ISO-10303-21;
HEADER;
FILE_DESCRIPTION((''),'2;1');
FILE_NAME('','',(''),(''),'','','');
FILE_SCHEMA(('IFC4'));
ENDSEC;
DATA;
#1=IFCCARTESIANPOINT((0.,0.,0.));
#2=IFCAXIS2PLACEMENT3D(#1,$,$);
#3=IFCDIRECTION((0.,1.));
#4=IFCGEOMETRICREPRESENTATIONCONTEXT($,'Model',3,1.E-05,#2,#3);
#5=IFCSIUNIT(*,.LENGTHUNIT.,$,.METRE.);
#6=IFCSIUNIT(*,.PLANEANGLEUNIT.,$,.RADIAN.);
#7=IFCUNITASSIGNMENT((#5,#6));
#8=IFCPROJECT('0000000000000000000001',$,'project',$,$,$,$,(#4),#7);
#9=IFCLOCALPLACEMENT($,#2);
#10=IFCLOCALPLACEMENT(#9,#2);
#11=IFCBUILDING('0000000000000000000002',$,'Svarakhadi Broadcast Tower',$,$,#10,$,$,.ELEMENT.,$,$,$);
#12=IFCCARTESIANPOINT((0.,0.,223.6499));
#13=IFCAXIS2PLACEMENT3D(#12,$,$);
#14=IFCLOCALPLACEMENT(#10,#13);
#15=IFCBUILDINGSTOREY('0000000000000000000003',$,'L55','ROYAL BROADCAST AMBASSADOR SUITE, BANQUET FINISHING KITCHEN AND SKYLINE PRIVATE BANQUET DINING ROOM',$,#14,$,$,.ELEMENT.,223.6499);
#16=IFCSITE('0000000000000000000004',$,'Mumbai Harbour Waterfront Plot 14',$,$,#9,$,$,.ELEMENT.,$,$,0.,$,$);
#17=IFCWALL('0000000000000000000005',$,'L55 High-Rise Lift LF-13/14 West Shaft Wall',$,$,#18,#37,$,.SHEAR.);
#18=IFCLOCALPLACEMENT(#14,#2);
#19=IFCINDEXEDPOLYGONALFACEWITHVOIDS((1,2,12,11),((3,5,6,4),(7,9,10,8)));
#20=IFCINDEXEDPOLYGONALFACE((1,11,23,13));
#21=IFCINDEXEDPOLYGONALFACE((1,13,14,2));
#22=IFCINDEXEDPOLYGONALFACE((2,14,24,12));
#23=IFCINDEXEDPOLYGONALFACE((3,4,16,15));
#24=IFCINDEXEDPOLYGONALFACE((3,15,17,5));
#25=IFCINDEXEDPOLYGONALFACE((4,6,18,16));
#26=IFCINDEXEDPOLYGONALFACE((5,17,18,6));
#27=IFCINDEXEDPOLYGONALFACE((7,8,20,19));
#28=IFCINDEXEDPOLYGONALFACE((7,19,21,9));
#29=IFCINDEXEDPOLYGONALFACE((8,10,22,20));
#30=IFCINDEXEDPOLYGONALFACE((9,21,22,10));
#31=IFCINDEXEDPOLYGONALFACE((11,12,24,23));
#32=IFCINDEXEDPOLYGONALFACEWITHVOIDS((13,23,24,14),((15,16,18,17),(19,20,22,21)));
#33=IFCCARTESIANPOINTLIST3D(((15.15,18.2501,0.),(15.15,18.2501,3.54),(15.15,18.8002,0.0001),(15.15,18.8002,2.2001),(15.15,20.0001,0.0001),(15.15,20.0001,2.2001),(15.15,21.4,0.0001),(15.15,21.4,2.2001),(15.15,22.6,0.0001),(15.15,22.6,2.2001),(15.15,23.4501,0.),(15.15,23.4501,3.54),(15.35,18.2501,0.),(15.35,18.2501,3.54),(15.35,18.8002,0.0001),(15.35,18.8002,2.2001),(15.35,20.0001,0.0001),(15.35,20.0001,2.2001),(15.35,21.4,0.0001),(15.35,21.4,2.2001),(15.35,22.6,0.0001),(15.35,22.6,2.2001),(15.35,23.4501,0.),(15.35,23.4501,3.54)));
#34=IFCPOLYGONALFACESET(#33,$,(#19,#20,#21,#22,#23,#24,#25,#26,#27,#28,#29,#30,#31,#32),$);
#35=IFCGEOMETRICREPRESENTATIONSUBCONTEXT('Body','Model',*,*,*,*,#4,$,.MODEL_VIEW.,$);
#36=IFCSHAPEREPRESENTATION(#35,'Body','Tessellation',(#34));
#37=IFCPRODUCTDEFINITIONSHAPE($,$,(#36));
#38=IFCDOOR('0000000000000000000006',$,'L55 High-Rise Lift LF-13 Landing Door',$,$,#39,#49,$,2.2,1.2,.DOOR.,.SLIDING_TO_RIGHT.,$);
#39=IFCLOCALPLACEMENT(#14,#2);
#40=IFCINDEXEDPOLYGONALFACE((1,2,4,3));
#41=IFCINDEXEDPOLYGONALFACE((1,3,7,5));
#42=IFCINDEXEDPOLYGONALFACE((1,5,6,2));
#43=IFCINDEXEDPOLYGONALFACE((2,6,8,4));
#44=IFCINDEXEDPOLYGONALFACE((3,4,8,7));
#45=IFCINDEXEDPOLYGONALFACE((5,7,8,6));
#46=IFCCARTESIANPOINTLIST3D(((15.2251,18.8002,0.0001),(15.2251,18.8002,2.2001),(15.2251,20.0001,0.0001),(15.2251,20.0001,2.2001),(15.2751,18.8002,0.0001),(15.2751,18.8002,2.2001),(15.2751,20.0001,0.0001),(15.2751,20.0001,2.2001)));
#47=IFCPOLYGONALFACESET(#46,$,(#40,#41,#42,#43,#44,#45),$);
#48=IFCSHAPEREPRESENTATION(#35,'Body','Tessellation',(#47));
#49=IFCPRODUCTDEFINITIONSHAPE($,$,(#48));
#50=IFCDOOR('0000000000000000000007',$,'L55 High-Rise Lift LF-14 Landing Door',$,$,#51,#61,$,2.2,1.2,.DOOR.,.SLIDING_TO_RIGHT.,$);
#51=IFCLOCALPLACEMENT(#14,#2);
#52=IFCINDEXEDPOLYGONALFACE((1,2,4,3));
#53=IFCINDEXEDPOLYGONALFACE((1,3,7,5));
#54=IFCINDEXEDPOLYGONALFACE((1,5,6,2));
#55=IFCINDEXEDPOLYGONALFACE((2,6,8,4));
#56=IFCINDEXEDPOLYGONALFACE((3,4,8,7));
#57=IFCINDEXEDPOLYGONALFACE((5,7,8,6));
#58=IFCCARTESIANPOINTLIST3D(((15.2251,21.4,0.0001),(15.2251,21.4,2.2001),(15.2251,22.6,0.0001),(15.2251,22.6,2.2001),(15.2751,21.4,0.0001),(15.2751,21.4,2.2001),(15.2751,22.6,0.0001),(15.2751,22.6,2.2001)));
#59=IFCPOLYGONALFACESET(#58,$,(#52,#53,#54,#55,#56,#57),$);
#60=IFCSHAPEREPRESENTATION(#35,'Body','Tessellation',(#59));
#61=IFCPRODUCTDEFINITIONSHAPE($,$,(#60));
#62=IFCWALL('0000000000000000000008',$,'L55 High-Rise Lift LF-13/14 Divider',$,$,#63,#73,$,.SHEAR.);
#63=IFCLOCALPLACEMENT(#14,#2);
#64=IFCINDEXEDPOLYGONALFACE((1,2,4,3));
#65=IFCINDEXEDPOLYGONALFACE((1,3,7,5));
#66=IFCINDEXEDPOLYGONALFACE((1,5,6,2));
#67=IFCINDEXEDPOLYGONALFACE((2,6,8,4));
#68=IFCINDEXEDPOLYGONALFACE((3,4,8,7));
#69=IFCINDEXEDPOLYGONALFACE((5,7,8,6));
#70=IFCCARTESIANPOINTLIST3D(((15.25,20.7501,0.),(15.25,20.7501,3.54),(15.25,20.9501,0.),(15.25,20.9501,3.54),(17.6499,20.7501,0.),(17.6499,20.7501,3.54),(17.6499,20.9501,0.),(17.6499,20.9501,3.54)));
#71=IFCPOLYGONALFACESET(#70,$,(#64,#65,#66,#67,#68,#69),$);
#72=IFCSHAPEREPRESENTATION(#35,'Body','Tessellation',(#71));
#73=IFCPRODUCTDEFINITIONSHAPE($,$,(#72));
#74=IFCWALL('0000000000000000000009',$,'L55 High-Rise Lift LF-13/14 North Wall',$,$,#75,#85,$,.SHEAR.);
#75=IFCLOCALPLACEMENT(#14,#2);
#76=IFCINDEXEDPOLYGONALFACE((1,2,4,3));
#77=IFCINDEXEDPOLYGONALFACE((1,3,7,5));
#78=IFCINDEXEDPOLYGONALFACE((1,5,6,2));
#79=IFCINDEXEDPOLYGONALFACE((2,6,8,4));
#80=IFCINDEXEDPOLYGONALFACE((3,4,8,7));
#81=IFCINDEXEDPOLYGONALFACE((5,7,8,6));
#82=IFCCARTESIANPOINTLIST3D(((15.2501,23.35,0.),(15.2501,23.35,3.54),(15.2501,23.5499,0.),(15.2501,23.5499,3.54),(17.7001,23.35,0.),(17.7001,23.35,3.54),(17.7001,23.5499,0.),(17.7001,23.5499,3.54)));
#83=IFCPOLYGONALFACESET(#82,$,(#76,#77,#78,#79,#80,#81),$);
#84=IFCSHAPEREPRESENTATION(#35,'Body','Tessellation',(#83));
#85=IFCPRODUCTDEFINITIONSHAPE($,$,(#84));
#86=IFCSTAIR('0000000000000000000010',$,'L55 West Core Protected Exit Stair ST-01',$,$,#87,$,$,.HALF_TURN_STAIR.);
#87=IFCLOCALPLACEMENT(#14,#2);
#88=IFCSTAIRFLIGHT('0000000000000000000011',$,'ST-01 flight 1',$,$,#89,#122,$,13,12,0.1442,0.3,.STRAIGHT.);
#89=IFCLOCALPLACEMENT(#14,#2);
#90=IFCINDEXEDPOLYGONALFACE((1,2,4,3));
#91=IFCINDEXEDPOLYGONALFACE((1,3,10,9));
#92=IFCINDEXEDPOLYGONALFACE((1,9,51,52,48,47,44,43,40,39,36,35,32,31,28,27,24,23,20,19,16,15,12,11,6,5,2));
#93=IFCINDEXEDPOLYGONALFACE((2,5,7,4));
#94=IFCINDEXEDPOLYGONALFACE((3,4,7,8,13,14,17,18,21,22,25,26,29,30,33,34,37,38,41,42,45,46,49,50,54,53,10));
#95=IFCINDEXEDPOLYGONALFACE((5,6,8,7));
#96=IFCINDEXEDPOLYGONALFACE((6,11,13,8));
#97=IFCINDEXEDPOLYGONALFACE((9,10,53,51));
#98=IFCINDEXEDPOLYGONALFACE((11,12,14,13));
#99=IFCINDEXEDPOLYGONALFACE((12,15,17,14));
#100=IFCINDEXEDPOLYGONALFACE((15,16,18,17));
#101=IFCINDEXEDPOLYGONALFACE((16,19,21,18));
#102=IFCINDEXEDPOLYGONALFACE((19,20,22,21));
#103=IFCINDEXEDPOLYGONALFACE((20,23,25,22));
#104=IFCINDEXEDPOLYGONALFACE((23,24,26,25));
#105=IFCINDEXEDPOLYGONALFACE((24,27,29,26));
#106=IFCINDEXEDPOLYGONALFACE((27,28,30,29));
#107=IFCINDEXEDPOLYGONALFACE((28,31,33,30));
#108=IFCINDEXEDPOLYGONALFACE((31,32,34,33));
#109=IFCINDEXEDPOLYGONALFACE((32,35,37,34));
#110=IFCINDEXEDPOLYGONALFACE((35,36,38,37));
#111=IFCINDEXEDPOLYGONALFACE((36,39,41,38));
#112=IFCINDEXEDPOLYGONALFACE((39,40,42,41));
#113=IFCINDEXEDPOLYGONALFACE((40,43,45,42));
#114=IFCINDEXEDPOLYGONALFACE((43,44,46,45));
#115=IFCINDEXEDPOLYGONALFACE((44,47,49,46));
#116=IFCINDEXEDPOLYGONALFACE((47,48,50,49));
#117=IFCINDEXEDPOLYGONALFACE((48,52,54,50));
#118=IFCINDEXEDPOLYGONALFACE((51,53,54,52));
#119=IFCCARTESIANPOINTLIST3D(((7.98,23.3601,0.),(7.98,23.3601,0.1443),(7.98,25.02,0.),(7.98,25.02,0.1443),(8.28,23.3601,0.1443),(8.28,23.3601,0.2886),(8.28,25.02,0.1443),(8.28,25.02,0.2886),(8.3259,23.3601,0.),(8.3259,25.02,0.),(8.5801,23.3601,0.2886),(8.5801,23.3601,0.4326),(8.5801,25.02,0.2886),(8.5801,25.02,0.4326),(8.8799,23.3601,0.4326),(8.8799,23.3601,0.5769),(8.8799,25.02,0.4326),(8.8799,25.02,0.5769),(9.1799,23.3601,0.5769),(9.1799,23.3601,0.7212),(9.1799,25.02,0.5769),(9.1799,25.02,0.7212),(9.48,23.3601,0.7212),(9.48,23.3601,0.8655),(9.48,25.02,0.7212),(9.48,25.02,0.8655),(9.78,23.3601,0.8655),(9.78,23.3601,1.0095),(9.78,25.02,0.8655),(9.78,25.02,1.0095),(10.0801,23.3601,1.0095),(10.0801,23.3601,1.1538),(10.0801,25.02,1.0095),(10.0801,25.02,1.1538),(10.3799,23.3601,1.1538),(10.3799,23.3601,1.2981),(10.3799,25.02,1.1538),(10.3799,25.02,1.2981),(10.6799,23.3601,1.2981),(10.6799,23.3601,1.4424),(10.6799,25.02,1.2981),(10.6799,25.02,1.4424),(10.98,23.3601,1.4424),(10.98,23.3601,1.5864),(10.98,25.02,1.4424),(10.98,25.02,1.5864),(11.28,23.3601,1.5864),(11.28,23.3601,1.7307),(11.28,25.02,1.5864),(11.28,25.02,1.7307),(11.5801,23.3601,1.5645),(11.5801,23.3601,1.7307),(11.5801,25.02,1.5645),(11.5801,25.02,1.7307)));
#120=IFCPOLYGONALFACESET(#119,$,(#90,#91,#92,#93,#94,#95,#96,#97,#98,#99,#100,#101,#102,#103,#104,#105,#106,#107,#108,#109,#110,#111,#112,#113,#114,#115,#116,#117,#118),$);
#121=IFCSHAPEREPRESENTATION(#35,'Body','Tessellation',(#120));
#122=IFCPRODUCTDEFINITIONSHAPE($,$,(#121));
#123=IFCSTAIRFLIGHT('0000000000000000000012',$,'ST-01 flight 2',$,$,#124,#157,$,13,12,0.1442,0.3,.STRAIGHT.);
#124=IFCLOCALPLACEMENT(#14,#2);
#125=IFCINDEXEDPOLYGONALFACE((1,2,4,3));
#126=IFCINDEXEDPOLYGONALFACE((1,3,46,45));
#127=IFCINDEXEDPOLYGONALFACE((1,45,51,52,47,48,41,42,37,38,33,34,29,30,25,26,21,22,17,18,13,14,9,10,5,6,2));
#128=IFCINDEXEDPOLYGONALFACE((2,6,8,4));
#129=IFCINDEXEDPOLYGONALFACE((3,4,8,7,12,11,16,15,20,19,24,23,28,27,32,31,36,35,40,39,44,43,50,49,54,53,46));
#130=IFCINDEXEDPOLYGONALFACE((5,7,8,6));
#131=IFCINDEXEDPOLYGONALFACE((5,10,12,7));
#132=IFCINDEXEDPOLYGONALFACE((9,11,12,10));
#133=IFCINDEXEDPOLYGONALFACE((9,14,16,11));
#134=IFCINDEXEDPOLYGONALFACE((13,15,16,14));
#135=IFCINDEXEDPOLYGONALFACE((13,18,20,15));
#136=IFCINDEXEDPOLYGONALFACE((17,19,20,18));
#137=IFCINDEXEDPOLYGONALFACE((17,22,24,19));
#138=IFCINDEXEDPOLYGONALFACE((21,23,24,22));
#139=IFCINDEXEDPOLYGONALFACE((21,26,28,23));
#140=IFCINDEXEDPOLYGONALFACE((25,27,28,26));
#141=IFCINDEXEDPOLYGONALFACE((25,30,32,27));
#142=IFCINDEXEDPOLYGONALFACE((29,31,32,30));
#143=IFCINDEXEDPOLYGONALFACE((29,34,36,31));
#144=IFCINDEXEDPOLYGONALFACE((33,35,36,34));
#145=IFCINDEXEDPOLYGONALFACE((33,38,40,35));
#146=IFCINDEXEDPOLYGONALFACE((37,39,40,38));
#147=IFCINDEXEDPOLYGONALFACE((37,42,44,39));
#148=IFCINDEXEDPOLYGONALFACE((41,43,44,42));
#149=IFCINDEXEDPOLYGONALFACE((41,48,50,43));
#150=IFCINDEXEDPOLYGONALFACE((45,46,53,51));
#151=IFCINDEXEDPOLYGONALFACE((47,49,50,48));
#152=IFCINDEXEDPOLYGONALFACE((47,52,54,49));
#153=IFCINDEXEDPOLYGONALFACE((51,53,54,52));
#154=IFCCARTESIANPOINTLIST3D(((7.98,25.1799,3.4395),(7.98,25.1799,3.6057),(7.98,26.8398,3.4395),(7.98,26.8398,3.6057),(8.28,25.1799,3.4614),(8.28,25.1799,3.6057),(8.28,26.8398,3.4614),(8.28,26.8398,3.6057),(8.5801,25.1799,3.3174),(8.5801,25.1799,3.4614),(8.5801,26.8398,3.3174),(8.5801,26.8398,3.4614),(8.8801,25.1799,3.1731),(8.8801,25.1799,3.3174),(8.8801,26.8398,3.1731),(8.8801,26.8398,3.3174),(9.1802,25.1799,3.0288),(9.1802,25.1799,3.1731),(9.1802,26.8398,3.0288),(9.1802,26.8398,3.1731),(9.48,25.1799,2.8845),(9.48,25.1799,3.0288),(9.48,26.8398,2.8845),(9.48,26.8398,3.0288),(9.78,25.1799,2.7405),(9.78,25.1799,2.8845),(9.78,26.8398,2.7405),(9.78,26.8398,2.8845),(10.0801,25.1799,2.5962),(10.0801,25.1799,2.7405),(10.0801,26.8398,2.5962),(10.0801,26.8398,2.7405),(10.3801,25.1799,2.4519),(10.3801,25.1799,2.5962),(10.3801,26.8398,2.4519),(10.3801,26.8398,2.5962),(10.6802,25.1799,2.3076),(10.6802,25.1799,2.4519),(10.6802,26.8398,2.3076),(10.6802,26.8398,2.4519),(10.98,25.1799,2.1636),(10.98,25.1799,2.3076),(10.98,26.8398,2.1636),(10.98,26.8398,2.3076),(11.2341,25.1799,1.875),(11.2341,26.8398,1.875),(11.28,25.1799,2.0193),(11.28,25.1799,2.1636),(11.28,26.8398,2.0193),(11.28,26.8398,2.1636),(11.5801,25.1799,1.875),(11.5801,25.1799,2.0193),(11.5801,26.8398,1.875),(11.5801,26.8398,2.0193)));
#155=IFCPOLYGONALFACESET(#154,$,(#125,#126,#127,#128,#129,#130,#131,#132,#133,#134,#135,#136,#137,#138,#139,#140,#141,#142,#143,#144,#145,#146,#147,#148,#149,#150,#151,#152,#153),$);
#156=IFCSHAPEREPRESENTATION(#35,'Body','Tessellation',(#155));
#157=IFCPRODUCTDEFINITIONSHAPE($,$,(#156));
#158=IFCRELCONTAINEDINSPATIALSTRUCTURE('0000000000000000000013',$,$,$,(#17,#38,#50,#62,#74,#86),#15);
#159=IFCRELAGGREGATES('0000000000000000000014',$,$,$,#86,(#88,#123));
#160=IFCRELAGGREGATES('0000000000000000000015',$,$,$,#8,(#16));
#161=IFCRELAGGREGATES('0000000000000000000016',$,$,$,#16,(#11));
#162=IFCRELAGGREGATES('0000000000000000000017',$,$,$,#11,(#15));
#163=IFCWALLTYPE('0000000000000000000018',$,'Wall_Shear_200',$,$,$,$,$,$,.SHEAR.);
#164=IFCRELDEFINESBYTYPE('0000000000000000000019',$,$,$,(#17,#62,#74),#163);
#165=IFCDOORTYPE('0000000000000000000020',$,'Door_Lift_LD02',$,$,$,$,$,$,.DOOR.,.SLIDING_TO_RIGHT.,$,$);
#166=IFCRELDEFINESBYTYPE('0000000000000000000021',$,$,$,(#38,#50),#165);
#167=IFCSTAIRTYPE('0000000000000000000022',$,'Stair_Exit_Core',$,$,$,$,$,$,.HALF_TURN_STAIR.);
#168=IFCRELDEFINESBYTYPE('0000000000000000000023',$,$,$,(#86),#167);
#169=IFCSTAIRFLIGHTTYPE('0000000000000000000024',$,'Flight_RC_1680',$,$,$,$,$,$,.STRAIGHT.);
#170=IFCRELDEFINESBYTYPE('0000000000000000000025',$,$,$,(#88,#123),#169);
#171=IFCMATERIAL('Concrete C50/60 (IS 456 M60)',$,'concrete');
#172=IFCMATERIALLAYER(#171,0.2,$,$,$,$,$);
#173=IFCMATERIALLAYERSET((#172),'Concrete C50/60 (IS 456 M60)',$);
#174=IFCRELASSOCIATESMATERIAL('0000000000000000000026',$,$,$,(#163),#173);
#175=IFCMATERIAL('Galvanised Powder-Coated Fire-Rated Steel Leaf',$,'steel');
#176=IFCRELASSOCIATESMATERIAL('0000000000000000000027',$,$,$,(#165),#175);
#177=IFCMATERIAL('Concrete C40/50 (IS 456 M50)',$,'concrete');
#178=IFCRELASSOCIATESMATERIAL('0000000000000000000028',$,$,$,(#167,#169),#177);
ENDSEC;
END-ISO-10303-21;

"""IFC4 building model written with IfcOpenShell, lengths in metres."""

from ifc_helpers import new_model, si_unit, direction, frame, frame_2d, origin, place, context, subcontext, project, spatial, polyline, rectangle, outline, extrude, material, layer, layer_set, type_object, element, fill, aggregate, save


model = new_model("IFC4")

# Units and contexts
model_context = context("Model", 3, precision=1e-05, world=origin(), true_north=direction((0.0, 1.0)))
body_context = subcontext(model_context, "Body", "Model", "MODEL_VIEW")
ifc_project = project(units=[si_unit("LENGTHUNIT", "METRE"), si_unit("PLANEANGLEUNIT", "RADIAN")], contexts=[model_context])

# Site, building, storey
site_placement = place(None, origin())
site = spatial("IfcSite", under=ifc_project, at=site_placement, Name="Mumbai Harbour Waterfront Plot 14", CompositionType="ELEMENT", RefElevation=0.0)
building_placement = place(site_placement, origin())
building = spatial("IfcBuilding", under=site, at=building_placement, Name="Svarakhadi Broadcast Tower", CompositionType="ELEMENT")
storey_placement = place(building_placement, frame((0.0, 0.0, 223.6499)))
storey = spatial("IfcBuildingStorey", under=building, at=storey_placement, Name="L55", Description="ROYAL BROADCAST AMBASSADOR SUITE, BANQUET FINISHING KITCHEN AND SKYLINE PRIVATE BANQUET DINING ROOM", CompositionType="ELEMENT", Elevation=223.6499)

# Shared definitions
ifc_material_1 = material(Name="Concrete C50/60 (IS 456 M60)", Category="concrete")

# Shared definitions
ifc_material_2 = material(Name="Concrete C40/50 (IS 456 M50)", Category="concrete")

# Shared definitions
ifc_material_3 = material(Name="Galvanised Powder-Coated Fire-Rated Steel Leaf", Category="steel")

# Shared definitions
ifc_layer_1 = layer(ifc_material_1, 0.2)
ifc_layer_set_1 = layer_set([ifc_layer_1], Name="Concrete C50/60 (IS 456 M60)")
wall_type_1 = type_object("IfcWallType", Name="Wall_Shear_200", PredefinedType="SHEAR", material=ifc_layer_set_1)

# Wall, openings, doors
wall_1_placement = place(storey_placement, frame((15.25, 18.25, 0.0), z_axis=(0.0, 0.0, 1.0), x_axis=(0.0, 1.0, 0.0)))
wall_1 = element("IfcWall", 1, at=wall_1_placement, inside=storey, type_object=wall_type_1, Name="L55 High-Rise Lift LF-13/14 West Shaft Wall", PredefinedType="SHEAR", context=body_context, shape_type="SweptSolid", body=[
    extrude(rectangle(XDim=5.2, YDim=0.2, at=frame_2d((2.6001, 0.0))), origin(), (0.0, 0.0, 1.0), 3.54),
])
opening_1_placement = place(wall_1_placement, frame((0.55, 0.0, 0.0)))
opening_1 = element("IfcOpeningElement", 2, at=opening_1_placement, cuts=wall_1, PredefinedType="OPENING", context=body_context, shape_type="SweptSolid", body=[
    extrude(rectangle(XDim=1.2, YDim=2.2, at=frame_2d((0.6001, 1.1001))), frame((0.0, 0.1099, 0.0), z_axis=(0.0, -1.0, 0.0), x_axis=(1.0, 0.0, 0.0)), (0.0, 0.0, 1.0), 0.22),
])
opening_2_placement = place(wall_1_placement, frame((3.1499, 0.0, 0.0)))
opening_2 = element("IfcOpeningElement", 3, at=opening_2_placement, cuts=wall_1, PredefinedType="OPENING", context=body_context, shape_type="SweptSolid", body=[
    extrude(rectangle(XDim=1.2, YDim=2.2, at=frame_2d((0.6001, 1.1001))), frame((0.0, 0.1099, 0.0), z_axis=(0.0, -1.0, 0.0), x_axis=(1.0, 0.0, 0.0)), (0.0, 0.0, 1.0), 0.22),
])
door_type_1 = type_object("IfcDoorType", Name="Door_Lift_LD02", OperationType="SLIDING_TO_RIGHT", PredefinedType="DOOR", material=ifc_material_3)
door_1_placement = place(opening_1_placement, origin())
door_1 = element("IfcDoor", 4, at=door_1_placement, inside=storey, type_object=door_type_1, Name="L55 High-Rise Lift LF-13 Landing Door", OperationType="SLIDING_TO_RIGHT", OverallHeight=2.2, OverallWidth=1.2, PredefinedType="DOOR", context=body_context, shape_type="SweptSolid", body=[
    extrude(rectangle(XDim=1.2, YDim=2.2, at=frame_2d((0.6001, 1.1001))), frame((0.0, 0.0249, 0.0), z_axis=(0.0, -1.0, 0.0), x_axis=(1.0, 0.0, 0.0)), (0.0, 0.0, 1.0), 0.05),
])
fill(opening_1, door_1)
door_2_placement = place(opening_2_placement, origin())
door_2 = element("IfcDoor", 5, at=door_2_placement, inside=storey, type_object=door_type_1, Name="L55 High-Rise Lift LF-14 Landing Door", OperationType="SLIDING_TO_RIGHT", OverallHeight=2.2, OverallWidth=1.2, PredefinedType="DOOR", context=body_context, shape_type="SweptSolid", body=[
    extrude(rectangle(XDim=1.2, YDim=2.2, at=frame_2d((0.6001, 1.1001))), frame((0.0, 0.0249, 0.0), z_axis=(0.0, -1.0, 0.0), x_axis=(1.0, 0.0, 0.0)), (0.0, 0.0, 1.0), 0.05),
])
fill(opening_2, door_2)

# Walls
wall_2_placement = place(storey_placement, frame((15.25, 20.8501, 0.0), z_axis=(0.0, 0.0, 1.0), x_axis=(1.0, 0.0, 0.0)))
element("IfcWall", 6, at=wall_2_placement, inside=storey, type_object=wall_type_1, Name="L55 High-Rise Lift LF-13/14 Divider", PredefinedType="SHEAR", context=body_context, shape_type="SweptSolid", body=[
    extrude(rectangle(XDim=2.3999, YDim=0.2, at=frame_2d((1.2, 0.0))), origin(), (0.0, 0.0, 1.0), 3.54),
])
wall_3_placement = place(storey_placement, frame((15.25, 23.45, 0.0), z_axis=(0.0, 0.0, 1.0), x_axis=(1.0, 0.0, 0.0)))
element("IfcWall", 7, at=wall_3_placement, inside=storey, type_object=wall_type_1, Name="L55 High-Rise Lift LF-13/14 North Wall", PredefinedType="SHEAR", context=body_context, shape_type="SweptSolid", body=[
    extrude(rectangle(XDim=2.45, YDim=0.2, at=frame_2d((1.2251, 0.0))), origin(), (0.0, 0.0, 1.0), 3.54),
])

# Stair, stair flights
stair_type = type_object("IfcStairType", Name="Stair_Exit_Core", PredefinedType="HALF_TURN_STAIR", material=ifc_material_2)
stair_placement = place(storey_placement, origin())
stair = element("IfcStair", 8, at=stair_placement, inside=storey, type_object=stair_type, Name="L55 West Core Protected Exit Stair ST-01", PredefinedType="HALF_TURN_STAIR")
stair_flight_type = type_object("IfcStairFlightType", Name="Flight_RC_1680", PredefinedType="STRAIGHT", material=ifc_material_2)
stair_flight_1_placement = place(storey_placement, frame((7.98, 24.1899, 0.0), z_axis=(0.0, 0.0, 1.0), x_axis=(1.0, 0.0, 0.0)))
stair_flight_1 = element("IfcStairFlight", 9, at=stair_flight_1_placement, type_object=stair_flight_type, Name="ST-01 flight 1", NumberOfRisers=13, NumberOfTreads=12, PredefinedType="STRAIGHT", RiserHeight=0.1442, TreadLength=0.3, context=body_context, shape_type="SweptSolid", body=[
    extrude(outline(polyline([(0.0, 0.0), (0.0, 0.1443), (0.3, 0.1443), (0.3, 0.2886), (0.6001, 0.2886), (0.6001, 0.4326), (0.8999, 0.4326), (0.8999, 0.5769), (1.2, 0.5769), (1.2, 0.7212), (1.5, 0.7212), (1.5, 0.8655), (1.8, 0.8655), (1.8, 1.0095), (2.1001, 1.0095), (2.1001, 1.1538), (2.3999, 1.1538), (2.3999, 1.2981), (2.7, 1.2981), (2.7, 1.4424), (3.0, 1.4424), (3.0, 1.5864), (3.3, 1.5864), (3.3, 1.7307), (3.6001, 1.7307), (3.6001, 1.875), (3.6001, 1.5645), (0.3459, 0.0), (0.0, 0.0)])), frame((0.0, 0.8301, 0.0), z_axis=(0.0, -1.0, 0.0), x_axis=(1.0, 0.0, 0.0)), (0.0, 0.0, 1.0), 1.6599),
])
stair_flight_2_placement = place(storey_placement, frame((11.5801, 26.01, 1.875), z_axis=(0.0, 0.0, 1.0), x_axis=(-1.0, 0.0, 0.0)))
stair_flight_2 = element("IfcStairFlight", 10, at=stair_flight_2_placement, type_object=stair_flight_type, Name="ST-01 flight 2", NumberOfRisers=13, NumberOfTreads=12, PredefinedType="STRAIGHT", RiserHeight=0.1442, TreadLength=0.3, context=body_context, shape_type="SweptSolid", body=[
    extrude(outline(polyline([(0.0, 0.0), (0.0, 0.1443), (0.3, 0.1443), (0.3, 0.2886), (0.6001, 0.2886), (0.6001, 0.4326), (0.8999, 0.4326), (0.8999, 0.5769), (1.2, 0.5769), (1.2, 0.7212), (1.5, 0.7212), (1.5, 0.8655), (1.8, 0.8655), (1.8, 1.0095), (2.1001, 1.0095), (2.1001, 1.1538), (2.3999, 1.1538), (2.3999, 1.2981), (2.7, 1.2981), (2.7, 1.4424), (3.0, 1.4424), (3.0, 1.5864), (3.3, 1.5864), (3.3, 1.7307), (3.6001, 1.7307), (3.6001, 1.875), (3.6001, 1.5645), (0.3459, 0.0), (0.0, 0.0)])), frame((0.0, 0.8301, 0.0), z_axis=(0.0, -1.0, 0.0), x_axis=(1.0, 0.0, 0.0)), (0.0, 0.0, 1.0), 1.6599),
])
aggregate(stair, [stair_flight_1, stair_flight_2])

save(model, "model.ifc")
